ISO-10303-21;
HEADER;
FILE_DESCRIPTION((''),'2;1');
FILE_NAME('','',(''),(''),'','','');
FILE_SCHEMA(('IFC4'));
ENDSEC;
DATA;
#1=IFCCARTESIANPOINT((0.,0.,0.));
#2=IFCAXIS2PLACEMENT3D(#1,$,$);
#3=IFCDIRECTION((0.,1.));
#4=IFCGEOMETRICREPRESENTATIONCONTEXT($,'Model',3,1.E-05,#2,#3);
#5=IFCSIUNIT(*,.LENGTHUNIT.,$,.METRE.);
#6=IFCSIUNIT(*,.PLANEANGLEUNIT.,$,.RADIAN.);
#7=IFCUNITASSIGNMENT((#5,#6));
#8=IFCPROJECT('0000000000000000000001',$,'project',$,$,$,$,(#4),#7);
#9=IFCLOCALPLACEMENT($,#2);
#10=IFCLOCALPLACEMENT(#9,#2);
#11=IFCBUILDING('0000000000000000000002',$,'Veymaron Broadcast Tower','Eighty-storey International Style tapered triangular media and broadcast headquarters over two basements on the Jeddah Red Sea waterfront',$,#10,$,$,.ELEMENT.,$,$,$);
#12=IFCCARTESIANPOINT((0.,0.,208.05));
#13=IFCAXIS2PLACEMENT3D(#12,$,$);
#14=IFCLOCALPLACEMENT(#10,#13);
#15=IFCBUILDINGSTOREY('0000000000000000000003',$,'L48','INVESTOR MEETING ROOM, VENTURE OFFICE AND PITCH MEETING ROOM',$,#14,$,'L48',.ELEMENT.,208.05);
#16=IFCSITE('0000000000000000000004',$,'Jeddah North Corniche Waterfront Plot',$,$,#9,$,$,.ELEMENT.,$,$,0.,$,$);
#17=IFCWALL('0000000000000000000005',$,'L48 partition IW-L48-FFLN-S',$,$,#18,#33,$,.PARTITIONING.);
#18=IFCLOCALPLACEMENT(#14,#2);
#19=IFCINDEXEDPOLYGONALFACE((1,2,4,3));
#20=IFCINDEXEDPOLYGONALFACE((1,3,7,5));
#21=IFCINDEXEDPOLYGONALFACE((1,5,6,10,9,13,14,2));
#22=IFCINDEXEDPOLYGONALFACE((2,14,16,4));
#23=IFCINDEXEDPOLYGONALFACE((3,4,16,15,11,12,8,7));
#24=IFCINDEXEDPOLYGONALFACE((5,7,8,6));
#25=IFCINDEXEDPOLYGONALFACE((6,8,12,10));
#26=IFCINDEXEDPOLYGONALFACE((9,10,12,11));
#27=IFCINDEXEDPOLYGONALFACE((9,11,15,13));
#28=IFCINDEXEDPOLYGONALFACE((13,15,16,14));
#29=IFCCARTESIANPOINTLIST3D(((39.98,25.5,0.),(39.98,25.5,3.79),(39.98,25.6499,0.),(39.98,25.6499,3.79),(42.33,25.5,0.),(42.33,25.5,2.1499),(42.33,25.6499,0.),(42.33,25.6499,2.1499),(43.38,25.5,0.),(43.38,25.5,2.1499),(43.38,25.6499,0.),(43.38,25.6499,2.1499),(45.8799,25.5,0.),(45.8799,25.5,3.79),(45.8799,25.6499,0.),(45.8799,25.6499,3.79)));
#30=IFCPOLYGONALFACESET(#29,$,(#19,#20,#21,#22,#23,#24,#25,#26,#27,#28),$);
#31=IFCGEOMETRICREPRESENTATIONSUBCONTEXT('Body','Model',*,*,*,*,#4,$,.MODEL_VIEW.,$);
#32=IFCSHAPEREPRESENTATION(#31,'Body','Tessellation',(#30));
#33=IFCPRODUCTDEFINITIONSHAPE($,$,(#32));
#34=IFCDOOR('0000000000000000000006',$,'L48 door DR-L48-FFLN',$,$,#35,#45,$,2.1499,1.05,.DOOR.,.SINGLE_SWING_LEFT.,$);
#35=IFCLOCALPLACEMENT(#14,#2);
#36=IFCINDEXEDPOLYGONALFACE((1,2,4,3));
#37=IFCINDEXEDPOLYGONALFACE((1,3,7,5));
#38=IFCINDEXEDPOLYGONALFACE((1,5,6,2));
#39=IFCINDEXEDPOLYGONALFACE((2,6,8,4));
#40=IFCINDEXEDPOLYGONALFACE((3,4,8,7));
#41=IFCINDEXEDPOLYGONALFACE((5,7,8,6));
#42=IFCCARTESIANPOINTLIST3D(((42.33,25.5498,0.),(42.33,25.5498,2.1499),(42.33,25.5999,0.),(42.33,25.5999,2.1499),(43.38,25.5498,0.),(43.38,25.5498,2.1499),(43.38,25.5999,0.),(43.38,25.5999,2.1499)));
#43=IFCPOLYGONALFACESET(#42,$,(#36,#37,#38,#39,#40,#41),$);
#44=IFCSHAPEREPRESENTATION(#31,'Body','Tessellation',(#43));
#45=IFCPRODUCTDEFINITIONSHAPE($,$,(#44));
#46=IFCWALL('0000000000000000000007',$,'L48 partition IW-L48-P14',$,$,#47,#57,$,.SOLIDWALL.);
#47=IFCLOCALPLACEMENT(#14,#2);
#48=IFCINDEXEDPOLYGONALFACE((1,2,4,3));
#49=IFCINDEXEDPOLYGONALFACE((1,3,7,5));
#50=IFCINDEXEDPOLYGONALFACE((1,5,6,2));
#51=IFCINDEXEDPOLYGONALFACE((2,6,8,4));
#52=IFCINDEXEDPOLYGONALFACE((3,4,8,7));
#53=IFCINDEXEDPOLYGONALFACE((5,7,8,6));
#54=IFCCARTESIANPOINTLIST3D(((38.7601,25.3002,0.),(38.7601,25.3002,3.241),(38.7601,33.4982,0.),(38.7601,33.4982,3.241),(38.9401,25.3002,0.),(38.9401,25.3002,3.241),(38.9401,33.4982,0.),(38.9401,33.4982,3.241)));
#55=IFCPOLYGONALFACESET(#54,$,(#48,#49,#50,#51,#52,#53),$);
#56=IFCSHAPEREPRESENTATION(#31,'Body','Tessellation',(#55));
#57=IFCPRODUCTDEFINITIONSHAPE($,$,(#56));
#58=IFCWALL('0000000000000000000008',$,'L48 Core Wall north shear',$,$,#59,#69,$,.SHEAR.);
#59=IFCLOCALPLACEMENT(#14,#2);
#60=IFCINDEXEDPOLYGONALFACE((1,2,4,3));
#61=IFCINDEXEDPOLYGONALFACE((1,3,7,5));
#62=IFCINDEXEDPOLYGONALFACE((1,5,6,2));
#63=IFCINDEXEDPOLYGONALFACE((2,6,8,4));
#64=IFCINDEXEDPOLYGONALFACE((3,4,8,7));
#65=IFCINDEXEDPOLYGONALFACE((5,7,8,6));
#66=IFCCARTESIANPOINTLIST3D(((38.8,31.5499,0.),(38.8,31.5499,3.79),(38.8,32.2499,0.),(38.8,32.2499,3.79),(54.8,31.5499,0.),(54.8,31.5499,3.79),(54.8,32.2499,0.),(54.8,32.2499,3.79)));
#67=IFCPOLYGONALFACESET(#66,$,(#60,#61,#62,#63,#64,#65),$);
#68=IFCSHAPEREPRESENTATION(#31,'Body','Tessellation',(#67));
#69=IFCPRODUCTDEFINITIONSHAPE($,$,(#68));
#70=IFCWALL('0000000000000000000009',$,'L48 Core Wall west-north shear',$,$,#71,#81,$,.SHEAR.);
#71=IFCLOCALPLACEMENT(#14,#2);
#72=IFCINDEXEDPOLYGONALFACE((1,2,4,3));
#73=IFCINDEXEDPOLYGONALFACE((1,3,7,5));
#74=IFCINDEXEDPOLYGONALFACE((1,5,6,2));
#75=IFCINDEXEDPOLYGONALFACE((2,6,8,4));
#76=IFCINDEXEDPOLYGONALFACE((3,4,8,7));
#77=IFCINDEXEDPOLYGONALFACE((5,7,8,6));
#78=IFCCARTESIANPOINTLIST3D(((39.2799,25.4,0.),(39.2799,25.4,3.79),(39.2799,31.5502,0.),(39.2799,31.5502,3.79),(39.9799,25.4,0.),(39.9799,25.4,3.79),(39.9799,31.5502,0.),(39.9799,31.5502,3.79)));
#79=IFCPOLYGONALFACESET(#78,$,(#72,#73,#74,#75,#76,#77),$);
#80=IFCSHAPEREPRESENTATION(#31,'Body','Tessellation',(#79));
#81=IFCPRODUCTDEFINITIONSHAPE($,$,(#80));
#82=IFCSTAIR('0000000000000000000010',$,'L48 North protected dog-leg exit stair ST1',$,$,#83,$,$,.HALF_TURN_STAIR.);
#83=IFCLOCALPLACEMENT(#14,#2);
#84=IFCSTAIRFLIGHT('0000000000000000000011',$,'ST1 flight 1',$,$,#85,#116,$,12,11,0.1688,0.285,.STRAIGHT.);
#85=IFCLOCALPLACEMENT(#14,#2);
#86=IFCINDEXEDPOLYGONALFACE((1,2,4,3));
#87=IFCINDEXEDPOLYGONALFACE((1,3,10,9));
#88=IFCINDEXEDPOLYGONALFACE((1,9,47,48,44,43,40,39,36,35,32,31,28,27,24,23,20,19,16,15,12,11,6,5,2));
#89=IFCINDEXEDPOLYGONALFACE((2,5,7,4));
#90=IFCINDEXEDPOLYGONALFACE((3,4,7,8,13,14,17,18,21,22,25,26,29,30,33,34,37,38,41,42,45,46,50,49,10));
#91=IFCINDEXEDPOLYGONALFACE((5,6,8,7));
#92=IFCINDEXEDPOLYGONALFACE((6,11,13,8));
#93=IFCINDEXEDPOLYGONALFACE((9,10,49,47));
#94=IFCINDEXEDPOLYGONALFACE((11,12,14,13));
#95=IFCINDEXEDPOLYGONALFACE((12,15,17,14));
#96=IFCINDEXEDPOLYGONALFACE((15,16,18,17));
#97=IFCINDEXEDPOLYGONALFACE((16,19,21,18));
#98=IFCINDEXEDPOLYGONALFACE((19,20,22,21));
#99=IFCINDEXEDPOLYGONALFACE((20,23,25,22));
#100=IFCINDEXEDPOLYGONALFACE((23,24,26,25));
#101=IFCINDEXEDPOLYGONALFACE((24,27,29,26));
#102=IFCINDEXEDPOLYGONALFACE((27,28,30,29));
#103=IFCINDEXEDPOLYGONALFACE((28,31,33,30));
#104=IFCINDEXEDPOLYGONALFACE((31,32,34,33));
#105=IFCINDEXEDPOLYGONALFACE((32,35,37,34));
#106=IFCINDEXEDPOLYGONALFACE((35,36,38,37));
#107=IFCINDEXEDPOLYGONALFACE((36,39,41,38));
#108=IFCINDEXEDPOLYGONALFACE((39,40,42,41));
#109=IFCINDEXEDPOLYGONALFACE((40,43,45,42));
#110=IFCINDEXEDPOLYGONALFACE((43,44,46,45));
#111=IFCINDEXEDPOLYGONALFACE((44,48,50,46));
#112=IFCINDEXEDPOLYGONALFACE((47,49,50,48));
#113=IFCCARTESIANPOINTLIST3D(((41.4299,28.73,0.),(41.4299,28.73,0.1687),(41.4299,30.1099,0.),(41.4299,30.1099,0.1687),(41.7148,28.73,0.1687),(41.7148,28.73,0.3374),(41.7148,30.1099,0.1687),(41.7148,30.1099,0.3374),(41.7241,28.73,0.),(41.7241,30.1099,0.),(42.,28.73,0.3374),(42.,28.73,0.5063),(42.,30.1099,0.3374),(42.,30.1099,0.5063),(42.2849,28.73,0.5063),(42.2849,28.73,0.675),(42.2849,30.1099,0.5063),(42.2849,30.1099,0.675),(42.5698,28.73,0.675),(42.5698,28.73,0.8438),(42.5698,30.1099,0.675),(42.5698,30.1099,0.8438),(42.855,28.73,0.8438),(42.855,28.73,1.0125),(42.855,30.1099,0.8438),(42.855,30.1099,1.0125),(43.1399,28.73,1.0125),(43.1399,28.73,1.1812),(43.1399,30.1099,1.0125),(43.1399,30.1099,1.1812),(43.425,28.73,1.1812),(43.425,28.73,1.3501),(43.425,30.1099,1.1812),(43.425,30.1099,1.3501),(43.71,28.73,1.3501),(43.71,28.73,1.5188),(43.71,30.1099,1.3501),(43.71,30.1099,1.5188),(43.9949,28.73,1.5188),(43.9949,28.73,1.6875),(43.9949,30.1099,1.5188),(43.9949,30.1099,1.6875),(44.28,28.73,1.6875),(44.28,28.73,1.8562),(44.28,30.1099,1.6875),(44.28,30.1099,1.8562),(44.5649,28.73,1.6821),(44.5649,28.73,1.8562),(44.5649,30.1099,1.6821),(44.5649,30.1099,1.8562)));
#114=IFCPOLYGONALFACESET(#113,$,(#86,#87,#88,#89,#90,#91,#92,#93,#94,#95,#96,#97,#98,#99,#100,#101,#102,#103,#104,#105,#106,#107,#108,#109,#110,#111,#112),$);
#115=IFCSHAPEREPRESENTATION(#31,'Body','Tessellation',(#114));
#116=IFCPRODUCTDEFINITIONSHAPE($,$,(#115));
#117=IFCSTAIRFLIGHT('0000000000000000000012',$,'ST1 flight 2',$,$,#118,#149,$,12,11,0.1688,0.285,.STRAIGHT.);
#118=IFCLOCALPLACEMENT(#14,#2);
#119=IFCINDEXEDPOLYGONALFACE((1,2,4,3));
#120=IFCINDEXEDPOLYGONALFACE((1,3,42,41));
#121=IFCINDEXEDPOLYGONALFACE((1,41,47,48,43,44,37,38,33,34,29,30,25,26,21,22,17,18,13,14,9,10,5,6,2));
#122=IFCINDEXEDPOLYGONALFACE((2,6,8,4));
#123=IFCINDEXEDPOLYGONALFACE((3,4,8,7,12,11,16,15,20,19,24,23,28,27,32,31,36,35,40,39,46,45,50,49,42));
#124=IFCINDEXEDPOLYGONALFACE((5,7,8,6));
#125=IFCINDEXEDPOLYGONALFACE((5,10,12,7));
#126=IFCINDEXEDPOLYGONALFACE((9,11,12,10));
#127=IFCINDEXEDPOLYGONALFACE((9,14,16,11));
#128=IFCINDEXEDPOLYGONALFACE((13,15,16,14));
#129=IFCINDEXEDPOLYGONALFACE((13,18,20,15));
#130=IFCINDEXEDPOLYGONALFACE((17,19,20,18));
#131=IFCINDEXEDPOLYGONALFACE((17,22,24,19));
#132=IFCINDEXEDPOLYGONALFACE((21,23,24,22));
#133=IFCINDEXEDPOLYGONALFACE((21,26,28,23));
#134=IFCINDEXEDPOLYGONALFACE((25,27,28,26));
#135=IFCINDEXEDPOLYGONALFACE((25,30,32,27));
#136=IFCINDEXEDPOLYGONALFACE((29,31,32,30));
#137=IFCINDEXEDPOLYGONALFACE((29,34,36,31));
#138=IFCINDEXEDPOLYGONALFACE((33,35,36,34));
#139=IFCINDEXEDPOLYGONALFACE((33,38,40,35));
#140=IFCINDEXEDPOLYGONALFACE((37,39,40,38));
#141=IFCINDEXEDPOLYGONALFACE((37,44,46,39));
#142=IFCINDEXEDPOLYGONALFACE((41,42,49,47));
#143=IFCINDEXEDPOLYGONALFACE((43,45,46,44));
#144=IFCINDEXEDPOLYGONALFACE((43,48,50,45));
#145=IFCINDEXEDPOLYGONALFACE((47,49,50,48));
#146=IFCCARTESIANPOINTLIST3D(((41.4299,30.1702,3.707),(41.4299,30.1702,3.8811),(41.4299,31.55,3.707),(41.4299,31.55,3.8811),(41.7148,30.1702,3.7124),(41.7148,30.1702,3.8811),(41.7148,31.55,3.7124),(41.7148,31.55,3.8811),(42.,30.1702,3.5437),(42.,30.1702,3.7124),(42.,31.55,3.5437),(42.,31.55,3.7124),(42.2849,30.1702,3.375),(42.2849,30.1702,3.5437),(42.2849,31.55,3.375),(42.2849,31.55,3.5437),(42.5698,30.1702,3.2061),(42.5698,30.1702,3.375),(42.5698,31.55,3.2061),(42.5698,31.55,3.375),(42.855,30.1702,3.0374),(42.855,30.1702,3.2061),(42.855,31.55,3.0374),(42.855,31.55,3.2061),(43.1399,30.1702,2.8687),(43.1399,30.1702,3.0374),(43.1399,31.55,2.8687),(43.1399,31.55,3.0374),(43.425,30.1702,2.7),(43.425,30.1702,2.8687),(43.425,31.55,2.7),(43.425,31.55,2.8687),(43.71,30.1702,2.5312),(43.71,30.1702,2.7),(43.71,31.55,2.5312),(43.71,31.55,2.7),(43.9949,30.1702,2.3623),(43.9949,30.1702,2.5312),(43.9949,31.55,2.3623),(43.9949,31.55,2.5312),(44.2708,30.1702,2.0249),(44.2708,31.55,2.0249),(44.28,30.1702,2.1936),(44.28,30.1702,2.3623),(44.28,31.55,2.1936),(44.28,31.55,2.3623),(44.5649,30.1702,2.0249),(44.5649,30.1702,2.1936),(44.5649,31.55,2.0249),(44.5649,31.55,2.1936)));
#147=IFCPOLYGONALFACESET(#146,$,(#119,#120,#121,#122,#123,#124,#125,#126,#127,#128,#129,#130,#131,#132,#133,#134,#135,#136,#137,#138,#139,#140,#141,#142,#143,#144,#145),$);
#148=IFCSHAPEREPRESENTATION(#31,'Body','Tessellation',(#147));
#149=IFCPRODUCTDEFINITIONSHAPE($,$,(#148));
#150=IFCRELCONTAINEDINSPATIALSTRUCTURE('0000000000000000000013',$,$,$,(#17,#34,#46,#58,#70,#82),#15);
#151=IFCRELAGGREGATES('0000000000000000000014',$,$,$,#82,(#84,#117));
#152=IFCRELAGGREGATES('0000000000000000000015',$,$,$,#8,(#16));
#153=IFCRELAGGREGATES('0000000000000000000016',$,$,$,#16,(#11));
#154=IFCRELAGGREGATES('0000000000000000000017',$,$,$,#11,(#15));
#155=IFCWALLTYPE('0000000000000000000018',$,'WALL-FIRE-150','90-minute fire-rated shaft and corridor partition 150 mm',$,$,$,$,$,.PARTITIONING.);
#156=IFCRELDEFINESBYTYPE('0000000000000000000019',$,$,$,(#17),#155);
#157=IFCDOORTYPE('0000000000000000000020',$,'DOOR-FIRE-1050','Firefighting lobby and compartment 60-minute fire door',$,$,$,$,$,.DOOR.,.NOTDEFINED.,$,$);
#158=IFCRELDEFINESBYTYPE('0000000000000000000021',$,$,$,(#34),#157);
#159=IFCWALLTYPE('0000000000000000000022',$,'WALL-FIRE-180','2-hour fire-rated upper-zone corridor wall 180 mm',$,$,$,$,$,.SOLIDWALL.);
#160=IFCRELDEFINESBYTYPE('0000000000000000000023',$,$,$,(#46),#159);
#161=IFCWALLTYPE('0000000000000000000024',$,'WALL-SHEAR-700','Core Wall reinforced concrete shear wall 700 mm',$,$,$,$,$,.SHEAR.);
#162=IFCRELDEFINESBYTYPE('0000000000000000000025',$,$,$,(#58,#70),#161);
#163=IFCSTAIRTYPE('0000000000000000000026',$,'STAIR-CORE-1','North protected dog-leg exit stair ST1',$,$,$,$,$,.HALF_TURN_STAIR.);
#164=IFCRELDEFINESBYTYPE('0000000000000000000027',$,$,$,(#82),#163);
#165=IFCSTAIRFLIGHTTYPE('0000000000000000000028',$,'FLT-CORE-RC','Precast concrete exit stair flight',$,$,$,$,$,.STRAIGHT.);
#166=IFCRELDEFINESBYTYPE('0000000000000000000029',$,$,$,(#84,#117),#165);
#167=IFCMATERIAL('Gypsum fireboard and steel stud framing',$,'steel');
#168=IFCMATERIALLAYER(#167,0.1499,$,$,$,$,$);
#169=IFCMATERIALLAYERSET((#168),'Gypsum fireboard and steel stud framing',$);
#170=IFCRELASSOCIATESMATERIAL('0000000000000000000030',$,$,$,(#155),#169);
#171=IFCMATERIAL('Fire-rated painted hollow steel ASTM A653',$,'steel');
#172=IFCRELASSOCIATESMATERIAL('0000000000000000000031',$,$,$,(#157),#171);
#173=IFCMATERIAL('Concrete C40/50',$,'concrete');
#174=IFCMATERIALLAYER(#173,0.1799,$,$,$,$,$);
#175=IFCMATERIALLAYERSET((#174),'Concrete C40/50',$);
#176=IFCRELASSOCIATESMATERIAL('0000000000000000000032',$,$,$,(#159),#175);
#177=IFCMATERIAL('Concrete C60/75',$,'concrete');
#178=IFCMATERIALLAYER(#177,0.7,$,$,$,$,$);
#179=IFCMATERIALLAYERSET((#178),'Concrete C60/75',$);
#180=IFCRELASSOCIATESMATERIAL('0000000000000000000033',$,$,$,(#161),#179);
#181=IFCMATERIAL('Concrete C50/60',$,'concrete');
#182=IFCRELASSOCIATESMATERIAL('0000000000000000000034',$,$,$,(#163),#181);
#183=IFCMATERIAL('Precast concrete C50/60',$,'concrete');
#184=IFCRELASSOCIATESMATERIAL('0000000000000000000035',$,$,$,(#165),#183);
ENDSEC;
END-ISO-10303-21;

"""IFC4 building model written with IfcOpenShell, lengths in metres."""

from ifc_helpers import new_model, si_unit, direction, frame, frame_2d, origin, place, context, subcontext, project, spatial, polyline, rectangle, outline, extrude, material, layer, layer_set, type_object, element, fill, aggregate, save


model = new_model("IFC4")

# Units and contexts
model_context = context("Model", 3, precision=1e-05, world=origin(), true_north=direction((0.0, 1.0)))
body_context = subcontext(model_context, "Body", "Model", "MODEL_VIEW")
ifc_project = project(units=[si_unit("LENGTHUNIT", "METRE"), si_unit("PLANEANGLEUNIT", "RADIAN")], contexts=[model_context])

# Site, building, storey
site_placement = place(None, origin())
site = spatial("IfcSite", under=ifc_project, at=site_placement, Name="Jeddah North Corniche Waterfront Plot", CompositionType="ELEMENT", RefElevation=0.0)
building_placement = place(site_placement, origin())
building = spatial("IfcBuilding", under=site, at=building_placement, Name="Veymaron Broadcast Tower", Description="Eighty-storey International Style tapered triangular media and broadcast headquarters over two basements on the Jeddah Red Sea waterfront", CompositionType="ELEMENT")
storey_placement = place(building_placement, frame((0.0, 0.0, 208.05)))
storey = spatial("IfcBuildingStorey", under=building, at=storey_placement, Name="L48", Description="INVESTOR MEETING ROOM, VENTURE OFFICE AND PITCH MEETING ROOM", LongName="L48", CompositionType="ELEMENT", Elevation=208.05)

# Wall, opening, door
ifc_material_1 = material(Name="Gypsum fireboard and steel stud framing", Category="steel")
ifc_layer_1 = layer(ifc_material_1, 0.1499)
ifc_layer_set_1 = layer_set([ifc_layer_1], Name="Gypsum fireboard and steel stud framing")
wall_type_1 = type_object("IfcWallType", Name="WALL-FIRE-150", Description="90-minute fire-rated shaft and corridor partition 150 mm", PredefinedType="PARTITIONING", material=ifc_layer_set_1)
wall_1_placement = place(storey_placement, frame((39.98, 25.575, 0.0), z_axis=(0.0, 0.0, 1.0), x_axis=(1.0, 0.0, 0.0)))
wall_1 = element("IfcWall", 1, at=wall_1_placement, inside=storey, type_object=wall_type_1, Name="L48 partition IW-L48-FFLN-S", PredefinedType="PARTITIONING", context=body_context, shape_type="SweptSolid", body=[
    extrude(rectangle(XDim=5.8999, YDim=0.1499, at=frame_2d((2.95, 0.0))), origin(), (0.0, 0.0, 1.0), 3.79),
])
opening_1_placement = place(wall_1_placement, frame((2.3501, 0.0, 0.0)))
opening_1 = element("IfcOpeningElement", 2, at=opening_1_placement, cuts=wall_1, PredefinedType="OPENING", context=body_context, shape_type="SweptSolid", body=[
    extrude(rectangle(XDim=1.05, YDim=2.1499, at=frame_2d((0.5249, 1.075))), frame((0.0, 0.085, 0.0), z_axis=(0.0, -1.0, 0.0), x_axis=(1.0, 0.0, 0.0)), (0.0, 0.0, 1.0), 0.1699),
])
ifc_material_2 = material(Name="Fire-rated painted hollow steel ASTM A653", Category="steel")
door_type_1 = type_object("IfcDoorType", Name="DOOR-FIRE-1050", Description="Firefighting lobby and compartment 60-minute fire door", OperationType="NOTDEFINED", PredefinedType="DOOR", material=ifc_material_2)
door_1_placement = place(opening_1_placement, origin())
door_1 = element("IfcDoor", 3, at=door_1_placement, inside=storey, type_object=door_type_1, Name="L48 door DR-L48-FFLN", OperationType="SINGLE_SWING_LEFT", OverallHeight=2.1499, OverallWidth=1.05, PredefinedType="DOOR", context=body_context, shape_type="SweptSolid", body=[
    extrude(rectangle(XDim=1.05, YDim=2.1499, at=frame_2d((0.5249, 1.075))), frame((0.0, 0.0249, 0.0), z_axis=(0.0, -1.0, 0.0), x_axis=(1.0, 0.0, 0.0)), (0.0, 0.0, 1.0), 0.05),
])
fill(opening_1, door_1)

# Wall
ifc_material_3 = material(Name="Concrete C40/50", Category="concrete")
ifc_layer_2 = layer(ifc_material_3, 0.1799)
ifc_layer_set_2 = layer_set([ifc_layer_2], Name="Concrete C40/50")
wall_type_2 = type_object("IfcWallType", Name="WALL-FIRE-180", Description="2-hour fire-rated upper-zone corridor wall 180 mm", PredefinedType="SOLIDWALL", material=ifc_layer_set_2)
wall_2_placement = place(storey_placement, frame((38.8501, 25.3, 0.0), z_axis=(0.0, 0.0, 1.0), x_axis=(0.0, 1.0, 0.0)))
element("IfcWall", 4, at=wall_2_placement, inside=storey, type_object=wall_type_2, Name="L48 partition IW-L48-P14", PredefinedType="SOLIDWALL", context=body_context, shape_type="SweptSolid", body=[
    extrude(rectangle(XDim=8.198, YDim=0.1799, at=frame_2d((4.0991, 0.0))), origin(), (0.0, 0.0, 1.0), 3.241),
])

# Shared definitions
ifc_material_4 = material(Name="Concrete C50/60", Category="concrete")

# Walls
ifc_material_5 = material(Name="Concrete C60/75", Category="concrete")
ifc_layer_3 = layer(ifc_material_5, 0.7)
ifc_layer_set_3 = layer_set([ifc_layer_3], Name="Concrete C60/75")
wall_type_3 = type_object("IfcWallType", Name="WALL-SHEAR-700", Description="Core Wall reinforced concrete shear wall 700 mm", PredefinedType="SHEAR", material=ifc_layer_set_3)
wall_3_placement = place(storey_placement, frame((38.8, 31.8999, 0.0), z_axis=(0.0, 0.0, 1.0), x_axis=(1.0, 0.0, 0.0)))
element("IfcWall", 5, at=wall_3_placement, inside=storey, type_object=wall_type_3, Name="L48 Core Wall north shear", PredefinedType="SHEAR", context=body_context, shape_type="SweptSolid", body=[
    extrude(rectangle(XDim=16.0, YDim=0.7, at=frame_2d((8.0, 0.0))), origin(), (0.0, 0.0, 1.0), 3.79),
])
wall_4_placement = place(storey_placement, frame((39.6299, 25.3999, 0.0), z_axis=(0.0, 0.0, 1.0), x_axis=(0.0, 1.0, 0.0)))
element("IfcWall", 6, at=wall_4_placement, inside=storey, type_object=wall_type_3, Name="L48 Core Wall west-north shear", PredefinedType="SHEAR", context=body_context, shape_type="SweptSolid", body=[
    extrude(rectangle(XDim=6.1501, YDim=0.7, at=frame_2d((3.0752, 0.0))), origin(), (0.0, 0.0, 1.0), 3.79),
])

# Stair, stair flights
stair_type = type_object("IfcStairType", Name="STAIR-CORE-1", Description="North protected dog-leg exit stair ST1", PredefinedType="HALF_TURN_STAIR", material=ifc_material_4)
stair_placement = place(storey_placement, origin())
stair = element("IfcStair", 7, at=stair_placement, inside=storey, type_object=stair_type, Name="L48 North protected dog-leg exit stair ST1", PredefinedType="HALF_TURN_STAIR")
ifc_material_6 = material(Name="Precast concrete C50/60", Category="concrete")
stair_flight_type = type_object("IfcStairFlightType", Name="FLT-CORE-RC", Description="Precast concrete exit stair flight", PredefinedType="STRAIGHT", material=ifc_material_6)
stair_flight_1_placement = place(storey_placement, frame((41.4299, 29.4199, 0.0), z_axis=(0.0, 0.0, 1.0), x_axis=(1.0, 0.0, 0.0)))
stair_flight_1 = element("IfcStairFlight", 8, at=stair_flight_1_placement, type_object=stair_flight_type, Name="ST1 flight 1", NumberOfRisers=12, NumberOfTreads=11, PredefinedType="STRAIGHT", RiserHeight=0.1688, TreadLength=0.285, context=body_context, shape_type="SweptSolid", body=[
    extrude(outline(polyline([(0.0, 0.0), (0.0, 0.1687), (0.2849, 0.1687), (0.2849, 0.3374), (0.5701, 0.3374), (0.5701, 0.5063), (0.855, 0.5063), (0.855, 0.675), (1.1399, 0.675), (1.1399, 0.8438), (1.425, 0.8438), (1.425, 1.0125), (1.71, 1.0125), (1.71, 1.1812), (1.9951, 1.1812), (1.9951, 1.3501), (2.28, 1.3501), (2.28, 1.5188), (2.5649, 1.5188), (2.5649, 1.6875), (2.8501, 1.6875), (2.8501, 1.8562), (3.135, 1.8562), (3.135, 2.0249), (3.135, 1.6821), (0.2942, 0.0), (0.0, 0.0)])), frame((0.0, 0.6899, 0.0), z_axis=(0.0, -1.0, 0.0), x_axis=(1.0, 0.0, 0.0)), (0.0, 0.0, 1.0), 1.3799),
])
stair_flight_2_placement = place(storey_placement, frame((44.5649, 30.8601, 2.0249), z_axis=(0.0, 0.0, 1.0), x_axis=(-1.0, 0.0, 0.0)))
stair_flight_2 = element("IfcStairFlight", 9, at=stair_flight_2_placement, type_object=stair_flight_type, Name="ST1 flight 2", NumberOfRisers=12, NumberOfTreads=11, PredefinedType="STRAIGHT", RiserHeight=0.1688, TreadLength=0.285, context=body_context, shape_type="SweptSolid", body=[
    extrude(outline(polyline([(0.0, 0.0), (0.0, 0.1687), (0.2849, 0.1687), (0.2849, 0.3374), (0.5701, 0.3374), (0.5701, 0.5063), (0.855, 0.5063), (0.855, 0.675), (1.1399, 0.675), (1.1399, 0.8438), (1.425, 0.8438), (1.425, 1.0125), (1.71, 1.0125), (1.71, 1.1812), (1.9951, 1.1812), (1.9951, 1.3501), (2.28, 1.3501), (2.28, 1.5188), (2.5649, 1.5188), (2.5649, 1.6875), (2.8501, 1.6875), (2.8501, 1.8562), (3.135, 1.8562), (3.135, 2.0249), (3.135, 1.6821), (0.2942, 0.0), (0.0, 0.0)])), frame((0.0, 0.6899, 0.0), z_axis=(0.0, -1.0, 0.0), x_axis=(1.0, 0.0, 0.0)), (0.0, 0.0, 1.0), 1.3799),
])
aggregate(stair, [stair_flight_1, stair_flight_2])

save(model, "model.ifc")
